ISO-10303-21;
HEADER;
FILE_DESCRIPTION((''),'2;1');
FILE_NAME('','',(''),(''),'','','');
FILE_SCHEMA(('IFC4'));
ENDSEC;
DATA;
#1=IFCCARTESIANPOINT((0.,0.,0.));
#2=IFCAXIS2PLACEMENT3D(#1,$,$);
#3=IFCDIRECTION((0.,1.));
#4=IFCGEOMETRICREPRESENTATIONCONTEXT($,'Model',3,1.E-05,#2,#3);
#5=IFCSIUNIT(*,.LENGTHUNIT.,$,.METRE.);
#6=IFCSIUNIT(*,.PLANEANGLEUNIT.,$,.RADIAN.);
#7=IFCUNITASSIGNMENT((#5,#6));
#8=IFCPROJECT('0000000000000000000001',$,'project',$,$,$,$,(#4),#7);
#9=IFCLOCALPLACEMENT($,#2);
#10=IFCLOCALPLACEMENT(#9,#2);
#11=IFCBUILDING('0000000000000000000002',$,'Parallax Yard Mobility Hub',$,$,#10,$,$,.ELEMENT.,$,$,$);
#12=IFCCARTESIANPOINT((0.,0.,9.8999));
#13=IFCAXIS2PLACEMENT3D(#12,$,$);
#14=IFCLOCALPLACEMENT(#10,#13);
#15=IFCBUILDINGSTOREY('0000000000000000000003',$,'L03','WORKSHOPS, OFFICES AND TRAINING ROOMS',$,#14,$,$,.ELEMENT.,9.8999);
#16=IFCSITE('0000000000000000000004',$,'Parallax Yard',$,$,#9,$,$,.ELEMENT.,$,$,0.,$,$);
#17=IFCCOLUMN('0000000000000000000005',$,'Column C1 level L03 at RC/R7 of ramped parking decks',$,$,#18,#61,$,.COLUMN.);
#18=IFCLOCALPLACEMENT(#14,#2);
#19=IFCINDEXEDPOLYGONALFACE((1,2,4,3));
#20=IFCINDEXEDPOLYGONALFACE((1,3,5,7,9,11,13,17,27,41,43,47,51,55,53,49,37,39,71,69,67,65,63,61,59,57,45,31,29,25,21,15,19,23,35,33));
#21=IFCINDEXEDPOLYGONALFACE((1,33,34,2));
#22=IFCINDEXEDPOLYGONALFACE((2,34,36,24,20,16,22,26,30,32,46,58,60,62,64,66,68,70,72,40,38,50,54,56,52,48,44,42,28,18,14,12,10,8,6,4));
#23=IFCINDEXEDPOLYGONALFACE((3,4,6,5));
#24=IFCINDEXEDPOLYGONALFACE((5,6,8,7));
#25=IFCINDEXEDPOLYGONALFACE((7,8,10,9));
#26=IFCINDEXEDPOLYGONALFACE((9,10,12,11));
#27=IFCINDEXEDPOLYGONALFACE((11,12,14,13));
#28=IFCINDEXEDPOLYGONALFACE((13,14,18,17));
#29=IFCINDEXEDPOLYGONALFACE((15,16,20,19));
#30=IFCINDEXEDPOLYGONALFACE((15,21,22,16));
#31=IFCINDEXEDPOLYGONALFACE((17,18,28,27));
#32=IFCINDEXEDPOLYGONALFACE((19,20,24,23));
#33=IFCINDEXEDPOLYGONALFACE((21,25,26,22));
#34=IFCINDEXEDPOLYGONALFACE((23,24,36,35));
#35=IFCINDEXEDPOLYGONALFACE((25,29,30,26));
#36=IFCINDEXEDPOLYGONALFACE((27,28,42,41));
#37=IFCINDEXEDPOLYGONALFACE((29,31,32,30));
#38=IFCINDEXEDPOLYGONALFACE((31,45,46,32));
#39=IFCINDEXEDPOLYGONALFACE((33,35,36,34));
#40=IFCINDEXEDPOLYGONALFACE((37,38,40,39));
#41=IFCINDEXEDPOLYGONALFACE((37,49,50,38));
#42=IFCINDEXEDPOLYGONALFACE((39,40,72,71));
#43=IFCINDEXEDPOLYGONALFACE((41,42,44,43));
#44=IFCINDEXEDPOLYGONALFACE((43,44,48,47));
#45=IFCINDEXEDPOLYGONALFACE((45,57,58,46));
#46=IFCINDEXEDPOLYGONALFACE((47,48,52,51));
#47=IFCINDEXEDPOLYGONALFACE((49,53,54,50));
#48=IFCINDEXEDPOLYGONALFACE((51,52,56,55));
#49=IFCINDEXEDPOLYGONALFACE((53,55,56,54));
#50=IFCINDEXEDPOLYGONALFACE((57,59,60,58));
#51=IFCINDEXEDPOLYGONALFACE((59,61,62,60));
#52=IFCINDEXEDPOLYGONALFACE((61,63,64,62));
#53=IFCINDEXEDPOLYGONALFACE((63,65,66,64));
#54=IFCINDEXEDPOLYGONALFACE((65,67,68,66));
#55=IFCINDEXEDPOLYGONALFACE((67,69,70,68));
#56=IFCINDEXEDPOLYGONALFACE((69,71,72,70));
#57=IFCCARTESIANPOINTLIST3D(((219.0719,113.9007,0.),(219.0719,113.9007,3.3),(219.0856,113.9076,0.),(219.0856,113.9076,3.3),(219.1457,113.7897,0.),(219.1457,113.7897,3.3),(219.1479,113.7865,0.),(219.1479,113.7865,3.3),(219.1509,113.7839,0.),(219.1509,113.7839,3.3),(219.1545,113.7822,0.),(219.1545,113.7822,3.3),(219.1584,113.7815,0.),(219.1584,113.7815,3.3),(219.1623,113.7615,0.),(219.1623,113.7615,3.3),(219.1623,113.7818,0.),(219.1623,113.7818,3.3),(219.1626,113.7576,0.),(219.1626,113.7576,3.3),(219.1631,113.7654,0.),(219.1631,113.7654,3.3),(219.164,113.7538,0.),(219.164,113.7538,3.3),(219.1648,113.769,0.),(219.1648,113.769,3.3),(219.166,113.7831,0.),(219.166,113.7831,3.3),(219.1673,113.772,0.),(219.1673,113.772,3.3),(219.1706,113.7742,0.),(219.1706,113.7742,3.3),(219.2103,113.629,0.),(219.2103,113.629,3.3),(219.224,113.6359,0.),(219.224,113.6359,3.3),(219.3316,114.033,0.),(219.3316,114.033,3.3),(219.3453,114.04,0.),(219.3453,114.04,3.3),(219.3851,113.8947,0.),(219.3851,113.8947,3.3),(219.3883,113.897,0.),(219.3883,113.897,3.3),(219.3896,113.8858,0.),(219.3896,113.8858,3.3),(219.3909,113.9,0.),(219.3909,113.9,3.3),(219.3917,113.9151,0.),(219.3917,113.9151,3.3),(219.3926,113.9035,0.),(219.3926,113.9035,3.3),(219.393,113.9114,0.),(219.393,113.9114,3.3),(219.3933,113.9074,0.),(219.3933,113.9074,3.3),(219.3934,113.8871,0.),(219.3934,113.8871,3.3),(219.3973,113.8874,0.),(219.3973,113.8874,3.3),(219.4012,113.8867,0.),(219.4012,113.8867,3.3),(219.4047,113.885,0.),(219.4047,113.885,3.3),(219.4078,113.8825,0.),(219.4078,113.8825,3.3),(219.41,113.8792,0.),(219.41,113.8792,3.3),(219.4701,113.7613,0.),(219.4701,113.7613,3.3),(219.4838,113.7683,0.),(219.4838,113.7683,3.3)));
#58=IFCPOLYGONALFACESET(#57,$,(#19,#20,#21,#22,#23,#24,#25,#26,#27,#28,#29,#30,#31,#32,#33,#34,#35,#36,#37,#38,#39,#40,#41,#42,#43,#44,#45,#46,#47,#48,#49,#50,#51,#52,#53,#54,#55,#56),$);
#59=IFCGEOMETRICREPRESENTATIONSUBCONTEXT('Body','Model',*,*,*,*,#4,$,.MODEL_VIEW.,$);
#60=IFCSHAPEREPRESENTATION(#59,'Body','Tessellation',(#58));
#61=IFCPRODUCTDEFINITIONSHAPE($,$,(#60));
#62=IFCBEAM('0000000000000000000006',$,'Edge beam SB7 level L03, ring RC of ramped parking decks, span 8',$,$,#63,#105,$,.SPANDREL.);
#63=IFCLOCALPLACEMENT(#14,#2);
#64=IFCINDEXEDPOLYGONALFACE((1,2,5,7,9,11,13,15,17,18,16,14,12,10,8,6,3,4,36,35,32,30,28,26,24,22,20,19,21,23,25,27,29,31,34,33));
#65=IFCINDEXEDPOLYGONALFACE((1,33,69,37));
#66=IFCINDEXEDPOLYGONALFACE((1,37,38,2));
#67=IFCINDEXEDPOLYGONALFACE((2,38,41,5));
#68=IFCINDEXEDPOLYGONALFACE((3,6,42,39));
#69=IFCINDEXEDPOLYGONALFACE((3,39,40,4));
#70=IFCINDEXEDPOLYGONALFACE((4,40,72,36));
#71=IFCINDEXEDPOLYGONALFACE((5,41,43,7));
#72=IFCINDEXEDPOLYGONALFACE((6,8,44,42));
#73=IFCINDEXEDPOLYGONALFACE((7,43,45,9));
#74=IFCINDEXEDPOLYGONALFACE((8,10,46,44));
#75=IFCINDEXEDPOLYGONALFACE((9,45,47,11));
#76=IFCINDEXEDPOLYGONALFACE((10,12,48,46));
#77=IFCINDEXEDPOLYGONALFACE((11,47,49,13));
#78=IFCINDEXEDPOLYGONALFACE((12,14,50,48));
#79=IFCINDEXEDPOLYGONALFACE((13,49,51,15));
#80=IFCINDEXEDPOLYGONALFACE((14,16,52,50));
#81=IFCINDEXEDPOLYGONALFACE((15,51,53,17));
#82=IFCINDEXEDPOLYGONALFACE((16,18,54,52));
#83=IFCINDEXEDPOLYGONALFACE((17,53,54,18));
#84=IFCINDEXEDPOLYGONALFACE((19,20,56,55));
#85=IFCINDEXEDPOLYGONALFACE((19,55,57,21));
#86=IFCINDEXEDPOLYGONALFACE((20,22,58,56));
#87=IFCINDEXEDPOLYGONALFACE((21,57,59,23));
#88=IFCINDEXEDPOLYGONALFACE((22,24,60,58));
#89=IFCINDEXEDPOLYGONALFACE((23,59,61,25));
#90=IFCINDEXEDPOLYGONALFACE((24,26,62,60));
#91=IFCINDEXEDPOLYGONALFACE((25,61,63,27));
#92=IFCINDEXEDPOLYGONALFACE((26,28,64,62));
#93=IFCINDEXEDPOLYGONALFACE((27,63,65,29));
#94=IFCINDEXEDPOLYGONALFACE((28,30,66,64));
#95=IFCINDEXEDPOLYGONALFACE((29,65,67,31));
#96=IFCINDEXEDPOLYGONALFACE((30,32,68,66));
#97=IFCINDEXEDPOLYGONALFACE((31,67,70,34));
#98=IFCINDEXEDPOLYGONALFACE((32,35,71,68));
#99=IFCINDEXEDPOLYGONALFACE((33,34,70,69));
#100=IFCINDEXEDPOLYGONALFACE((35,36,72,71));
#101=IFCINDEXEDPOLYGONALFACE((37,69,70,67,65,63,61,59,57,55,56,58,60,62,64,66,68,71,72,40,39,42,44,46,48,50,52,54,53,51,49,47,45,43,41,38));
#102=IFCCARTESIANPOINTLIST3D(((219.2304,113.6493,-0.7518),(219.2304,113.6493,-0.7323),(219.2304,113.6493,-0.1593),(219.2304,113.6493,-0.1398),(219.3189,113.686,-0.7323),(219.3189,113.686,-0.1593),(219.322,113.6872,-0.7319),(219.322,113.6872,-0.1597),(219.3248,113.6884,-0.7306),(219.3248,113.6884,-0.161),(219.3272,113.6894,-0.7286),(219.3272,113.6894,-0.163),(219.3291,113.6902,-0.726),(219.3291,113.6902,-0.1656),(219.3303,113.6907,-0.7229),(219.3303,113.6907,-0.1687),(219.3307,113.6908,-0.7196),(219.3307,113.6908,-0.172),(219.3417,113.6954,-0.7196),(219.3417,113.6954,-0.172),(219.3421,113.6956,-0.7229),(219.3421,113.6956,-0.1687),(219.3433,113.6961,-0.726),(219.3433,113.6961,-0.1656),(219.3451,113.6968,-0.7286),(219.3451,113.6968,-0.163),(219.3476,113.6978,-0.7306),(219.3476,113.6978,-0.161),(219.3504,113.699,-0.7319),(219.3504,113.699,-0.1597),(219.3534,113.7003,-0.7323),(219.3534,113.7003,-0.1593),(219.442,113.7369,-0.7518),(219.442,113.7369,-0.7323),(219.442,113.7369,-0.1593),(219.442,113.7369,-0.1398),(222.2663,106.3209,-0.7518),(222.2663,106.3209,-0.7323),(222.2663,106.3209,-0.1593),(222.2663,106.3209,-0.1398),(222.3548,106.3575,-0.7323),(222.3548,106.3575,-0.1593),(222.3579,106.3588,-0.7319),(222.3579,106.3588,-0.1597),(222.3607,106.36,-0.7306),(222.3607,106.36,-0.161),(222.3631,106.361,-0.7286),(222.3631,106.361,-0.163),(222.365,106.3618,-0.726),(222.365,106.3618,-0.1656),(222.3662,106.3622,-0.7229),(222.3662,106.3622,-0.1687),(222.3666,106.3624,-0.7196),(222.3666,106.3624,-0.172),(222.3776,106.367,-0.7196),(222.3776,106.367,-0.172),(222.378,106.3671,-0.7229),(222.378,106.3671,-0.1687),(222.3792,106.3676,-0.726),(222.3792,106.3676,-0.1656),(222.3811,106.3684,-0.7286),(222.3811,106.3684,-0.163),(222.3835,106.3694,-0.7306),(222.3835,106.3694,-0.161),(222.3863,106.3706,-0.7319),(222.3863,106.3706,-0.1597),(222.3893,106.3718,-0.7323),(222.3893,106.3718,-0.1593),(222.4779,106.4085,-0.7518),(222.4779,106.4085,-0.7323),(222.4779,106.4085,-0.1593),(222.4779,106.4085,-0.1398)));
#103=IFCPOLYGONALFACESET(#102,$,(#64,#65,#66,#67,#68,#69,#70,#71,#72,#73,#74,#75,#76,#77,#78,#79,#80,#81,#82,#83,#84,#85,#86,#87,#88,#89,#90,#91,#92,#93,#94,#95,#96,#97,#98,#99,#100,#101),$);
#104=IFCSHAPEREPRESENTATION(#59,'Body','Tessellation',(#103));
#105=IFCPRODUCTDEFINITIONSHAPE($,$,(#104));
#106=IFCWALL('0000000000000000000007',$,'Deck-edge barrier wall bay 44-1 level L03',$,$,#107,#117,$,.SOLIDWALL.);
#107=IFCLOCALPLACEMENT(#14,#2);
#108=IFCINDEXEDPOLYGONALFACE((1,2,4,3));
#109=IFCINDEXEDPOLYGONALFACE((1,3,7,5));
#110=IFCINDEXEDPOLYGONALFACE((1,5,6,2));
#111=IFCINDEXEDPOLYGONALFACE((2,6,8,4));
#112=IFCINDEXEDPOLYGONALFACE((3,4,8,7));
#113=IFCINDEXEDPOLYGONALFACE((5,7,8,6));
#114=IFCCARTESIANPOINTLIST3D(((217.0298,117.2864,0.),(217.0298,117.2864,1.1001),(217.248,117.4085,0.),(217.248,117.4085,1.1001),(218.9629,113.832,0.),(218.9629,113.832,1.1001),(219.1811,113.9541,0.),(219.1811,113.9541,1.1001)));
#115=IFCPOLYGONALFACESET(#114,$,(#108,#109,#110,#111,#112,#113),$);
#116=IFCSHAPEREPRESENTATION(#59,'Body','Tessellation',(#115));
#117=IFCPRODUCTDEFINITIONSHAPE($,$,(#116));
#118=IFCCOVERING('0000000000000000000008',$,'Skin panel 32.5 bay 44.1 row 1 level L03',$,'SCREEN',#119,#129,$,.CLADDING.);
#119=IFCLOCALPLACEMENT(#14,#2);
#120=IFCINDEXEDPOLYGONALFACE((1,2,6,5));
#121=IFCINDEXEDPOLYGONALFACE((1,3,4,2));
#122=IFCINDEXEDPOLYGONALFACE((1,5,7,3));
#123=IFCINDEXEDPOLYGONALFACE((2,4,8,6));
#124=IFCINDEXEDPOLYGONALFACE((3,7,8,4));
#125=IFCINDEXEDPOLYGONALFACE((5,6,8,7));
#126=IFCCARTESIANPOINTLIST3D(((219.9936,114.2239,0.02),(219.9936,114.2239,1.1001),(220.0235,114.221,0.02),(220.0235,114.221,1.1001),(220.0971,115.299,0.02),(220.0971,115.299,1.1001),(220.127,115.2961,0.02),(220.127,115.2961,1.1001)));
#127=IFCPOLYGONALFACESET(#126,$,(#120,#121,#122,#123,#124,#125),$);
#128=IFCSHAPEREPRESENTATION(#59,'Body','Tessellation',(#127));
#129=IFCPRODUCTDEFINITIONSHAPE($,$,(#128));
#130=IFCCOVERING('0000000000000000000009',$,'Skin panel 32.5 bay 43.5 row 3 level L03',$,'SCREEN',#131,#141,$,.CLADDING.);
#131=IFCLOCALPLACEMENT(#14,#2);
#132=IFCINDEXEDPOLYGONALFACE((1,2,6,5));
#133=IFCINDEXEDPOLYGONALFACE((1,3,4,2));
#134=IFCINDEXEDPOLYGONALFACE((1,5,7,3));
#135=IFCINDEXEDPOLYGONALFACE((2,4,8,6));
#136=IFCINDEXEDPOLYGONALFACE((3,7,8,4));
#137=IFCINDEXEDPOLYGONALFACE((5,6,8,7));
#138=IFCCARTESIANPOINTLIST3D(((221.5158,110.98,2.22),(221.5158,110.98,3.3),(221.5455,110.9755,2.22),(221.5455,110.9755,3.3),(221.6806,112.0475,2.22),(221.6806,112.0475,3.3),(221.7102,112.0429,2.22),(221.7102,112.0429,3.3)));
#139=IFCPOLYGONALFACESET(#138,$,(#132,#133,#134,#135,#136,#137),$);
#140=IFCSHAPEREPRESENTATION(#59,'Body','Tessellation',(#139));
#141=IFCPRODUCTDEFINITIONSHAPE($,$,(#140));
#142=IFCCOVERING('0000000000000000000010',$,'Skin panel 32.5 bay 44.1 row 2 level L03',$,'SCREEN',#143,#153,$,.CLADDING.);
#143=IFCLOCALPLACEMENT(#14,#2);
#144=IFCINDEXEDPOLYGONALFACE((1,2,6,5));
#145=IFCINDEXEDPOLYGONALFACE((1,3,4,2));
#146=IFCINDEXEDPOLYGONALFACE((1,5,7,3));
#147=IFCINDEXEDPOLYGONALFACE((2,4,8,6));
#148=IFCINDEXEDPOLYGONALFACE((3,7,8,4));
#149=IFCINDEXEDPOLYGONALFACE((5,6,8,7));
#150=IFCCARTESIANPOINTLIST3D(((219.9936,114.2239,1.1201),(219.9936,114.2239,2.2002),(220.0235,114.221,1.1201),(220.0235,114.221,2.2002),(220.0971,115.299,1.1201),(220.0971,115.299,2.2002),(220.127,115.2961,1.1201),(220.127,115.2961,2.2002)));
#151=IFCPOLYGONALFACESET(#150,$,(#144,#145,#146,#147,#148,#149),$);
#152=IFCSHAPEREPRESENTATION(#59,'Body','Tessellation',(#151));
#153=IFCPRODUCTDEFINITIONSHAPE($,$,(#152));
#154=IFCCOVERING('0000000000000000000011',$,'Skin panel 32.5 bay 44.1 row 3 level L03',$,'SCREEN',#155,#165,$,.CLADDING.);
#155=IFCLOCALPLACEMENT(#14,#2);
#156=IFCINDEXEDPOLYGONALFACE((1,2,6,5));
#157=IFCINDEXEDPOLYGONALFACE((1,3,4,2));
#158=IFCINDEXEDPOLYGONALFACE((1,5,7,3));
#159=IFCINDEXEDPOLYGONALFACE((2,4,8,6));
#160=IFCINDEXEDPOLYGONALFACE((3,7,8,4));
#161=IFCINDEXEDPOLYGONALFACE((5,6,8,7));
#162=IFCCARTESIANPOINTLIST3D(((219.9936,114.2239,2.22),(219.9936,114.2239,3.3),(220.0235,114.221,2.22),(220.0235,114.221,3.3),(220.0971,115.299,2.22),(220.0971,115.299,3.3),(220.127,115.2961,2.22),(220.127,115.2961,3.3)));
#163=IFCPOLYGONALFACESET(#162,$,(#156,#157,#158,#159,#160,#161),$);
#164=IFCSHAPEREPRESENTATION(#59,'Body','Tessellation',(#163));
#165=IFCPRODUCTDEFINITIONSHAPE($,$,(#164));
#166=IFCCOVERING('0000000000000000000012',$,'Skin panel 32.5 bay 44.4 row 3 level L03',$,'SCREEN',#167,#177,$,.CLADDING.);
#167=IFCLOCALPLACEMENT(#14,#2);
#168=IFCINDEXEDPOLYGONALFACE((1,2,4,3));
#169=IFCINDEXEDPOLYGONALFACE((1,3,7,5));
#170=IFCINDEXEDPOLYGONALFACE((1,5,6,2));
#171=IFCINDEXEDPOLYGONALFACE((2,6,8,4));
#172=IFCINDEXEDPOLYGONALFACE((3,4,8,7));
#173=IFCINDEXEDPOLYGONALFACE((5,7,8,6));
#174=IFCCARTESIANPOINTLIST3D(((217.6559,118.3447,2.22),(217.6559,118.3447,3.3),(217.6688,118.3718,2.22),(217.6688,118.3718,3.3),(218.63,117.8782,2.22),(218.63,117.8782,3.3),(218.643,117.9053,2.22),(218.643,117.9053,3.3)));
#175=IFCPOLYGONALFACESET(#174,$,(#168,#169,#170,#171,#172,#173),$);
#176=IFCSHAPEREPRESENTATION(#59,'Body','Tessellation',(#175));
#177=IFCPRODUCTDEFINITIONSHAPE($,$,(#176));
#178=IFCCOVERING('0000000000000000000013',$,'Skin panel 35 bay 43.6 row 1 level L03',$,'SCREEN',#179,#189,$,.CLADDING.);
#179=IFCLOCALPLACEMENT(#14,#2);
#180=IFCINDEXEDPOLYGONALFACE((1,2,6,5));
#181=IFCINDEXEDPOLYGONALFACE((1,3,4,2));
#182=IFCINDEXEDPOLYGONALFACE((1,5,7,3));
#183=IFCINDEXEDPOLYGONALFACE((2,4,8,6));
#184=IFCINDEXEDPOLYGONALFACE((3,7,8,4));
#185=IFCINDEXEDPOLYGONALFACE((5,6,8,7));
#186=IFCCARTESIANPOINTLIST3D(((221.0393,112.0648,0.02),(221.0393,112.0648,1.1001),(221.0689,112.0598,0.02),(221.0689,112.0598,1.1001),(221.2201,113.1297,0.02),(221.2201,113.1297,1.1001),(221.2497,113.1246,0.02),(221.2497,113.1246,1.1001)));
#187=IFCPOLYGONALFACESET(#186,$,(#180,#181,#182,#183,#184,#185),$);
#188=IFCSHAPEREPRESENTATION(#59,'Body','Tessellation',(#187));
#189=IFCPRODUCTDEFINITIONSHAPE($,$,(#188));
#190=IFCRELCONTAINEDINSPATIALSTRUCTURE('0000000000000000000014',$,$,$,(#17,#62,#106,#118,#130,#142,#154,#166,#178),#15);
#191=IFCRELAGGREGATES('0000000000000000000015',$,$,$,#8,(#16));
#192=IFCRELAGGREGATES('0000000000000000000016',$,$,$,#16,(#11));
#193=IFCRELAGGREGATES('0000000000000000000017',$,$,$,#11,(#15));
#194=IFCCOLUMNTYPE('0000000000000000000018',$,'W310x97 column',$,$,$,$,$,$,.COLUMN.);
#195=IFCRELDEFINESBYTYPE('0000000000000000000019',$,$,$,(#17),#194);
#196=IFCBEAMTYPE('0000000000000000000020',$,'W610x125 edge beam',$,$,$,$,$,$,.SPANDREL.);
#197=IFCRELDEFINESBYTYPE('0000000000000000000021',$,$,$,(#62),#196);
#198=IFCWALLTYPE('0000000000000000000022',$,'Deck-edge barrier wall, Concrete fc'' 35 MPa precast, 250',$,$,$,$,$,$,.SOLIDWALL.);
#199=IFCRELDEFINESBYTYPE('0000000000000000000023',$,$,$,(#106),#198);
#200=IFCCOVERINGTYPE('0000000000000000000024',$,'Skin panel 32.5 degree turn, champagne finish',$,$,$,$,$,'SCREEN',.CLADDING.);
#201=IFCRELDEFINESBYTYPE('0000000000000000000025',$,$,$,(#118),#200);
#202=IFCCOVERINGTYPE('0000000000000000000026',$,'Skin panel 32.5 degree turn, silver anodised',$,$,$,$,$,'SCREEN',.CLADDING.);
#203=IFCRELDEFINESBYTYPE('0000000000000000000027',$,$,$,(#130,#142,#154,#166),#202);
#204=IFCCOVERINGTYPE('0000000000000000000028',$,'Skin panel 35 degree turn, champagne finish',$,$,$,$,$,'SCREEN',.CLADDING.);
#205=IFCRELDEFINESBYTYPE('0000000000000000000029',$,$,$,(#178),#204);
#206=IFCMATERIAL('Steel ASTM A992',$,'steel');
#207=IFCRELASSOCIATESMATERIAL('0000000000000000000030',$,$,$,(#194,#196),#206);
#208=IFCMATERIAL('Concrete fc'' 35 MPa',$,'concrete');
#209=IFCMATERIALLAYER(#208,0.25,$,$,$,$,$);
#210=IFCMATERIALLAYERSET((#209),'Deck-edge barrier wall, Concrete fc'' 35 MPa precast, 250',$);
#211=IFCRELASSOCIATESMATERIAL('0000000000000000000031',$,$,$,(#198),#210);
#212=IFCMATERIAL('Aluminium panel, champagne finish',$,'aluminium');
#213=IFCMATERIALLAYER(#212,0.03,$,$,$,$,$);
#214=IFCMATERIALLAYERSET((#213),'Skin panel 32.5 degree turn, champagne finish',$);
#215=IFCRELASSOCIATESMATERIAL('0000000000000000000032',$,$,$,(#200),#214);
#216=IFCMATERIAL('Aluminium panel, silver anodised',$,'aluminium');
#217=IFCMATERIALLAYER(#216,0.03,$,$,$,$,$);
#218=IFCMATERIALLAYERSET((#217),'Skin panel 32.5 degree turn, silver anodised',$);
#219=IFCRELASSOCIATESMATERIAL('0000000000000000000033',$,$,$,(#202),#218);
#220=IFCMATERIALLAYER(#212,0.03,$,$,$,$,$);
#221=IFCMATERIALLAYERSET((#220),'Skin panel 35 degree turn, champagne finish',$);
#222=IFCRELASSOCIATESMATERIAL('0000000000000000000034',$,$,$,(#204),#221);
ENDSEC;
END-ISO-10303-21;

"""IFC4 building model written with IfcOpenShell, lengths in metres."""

from ifc_helpers import new_model, si_unit, direction, frame, frame_2d, origin, origin_2d, place, context, subcontext, project, spatial, rectangle, i_section, extrude, material, layer, layer_set, material_profile, profile_set, type_object, element, save


model = new_model("IFC4")

# Units and contexts
model_context = context("Model", 3, precision=1e-05, world=origin(), true_north=direction((0.0, 1.0)))
body_context = subcontext(model_context, "Body", "Model", "MODEL_VIEW")
ifc_project = project(units=[si_unit("LENGTHUNIT", "METRE"), si_unit("PLANEANGLEUNIT", "RADIAN")], contexts=[model_context])

# Site, building, storey
site_placement = place(None, origin())
site = spatial("IfcSite", under=ifc_project, at=site_placement, Name="Parallax Yard", CompositionType="ELEMENT", RefElevation=0.0)
building_placement = place(site_placement, origin())
building = spatial("IfcBuilding", under=site, at=building_placement, Name="Parallax Yard Mobility Hub", CompositionType="ELEMENT")
storey_placement = place(building_placement, frame((0.0, 0.0, 9.8999)))
storey = spatial("IfcBuildingStorey", under=building, at=storey_placement, Name="L03", Description="WORKSHOPS, OFFICES AND TRAINING ROOMS", CompositionType="ELEMENT", Elevation=9.8999)

# Column
ifc_material_1 = material(Name="Steel ASTM A992", Category="steel")
ifc_material_profile_1 = material_profile(ifc_material_1, i_section(OverallWidth=0.3049, OverallDepth=0.3069, WebThickness=0.01, FlangeThickness=0.0154, FilletRadius=0.0151, at=origin_2d()), Name="W310x97")
ifc_profile_set_1 = profile_set([ifc_material_profile_1], Name="Steel ASTM A992")
column_type = type_object("IfcColumnType", Name="W310x97 column", PredefinedType="COLUMN", material=ifc_profile_set_1)
column_placement = place(storey_placement, frame((219.2778, 113.8345, 0.0), z_axis=(0.0, 0.0, 1.0), x_axis=(-0.45399, 0.891007, 0.0)))
element("IfcColumn", 1, at=column_placement, inside=storey, type_object=column_type, Name="Column C1 level L03 at RC/R7 of ramped parking decks", PredefinedType="COLUMN", context=body_context, shape_type="SweptSolid", body=[
    extrude(i_section(OverallWidth=0.3049, OverallDepth=0.3069, WebThickness=0.01, FlangeThickness=0.0154, FilletRadius=0.0151, at=origin_2d()), origin(), (0.0, 0.0, 1.0), 3.3),
])

# Beam
ifc_material_profile_2 = material_profile(ifc_material_1, i_section(OverallWidth=0.229, OverallDepth=0.6121, WebThickness=0.012, FlangeThickness=0.0195, FilletRadius=0.0127, at=origin_2d()), Name="W610x125")
ifc_profile_set_2 = profile_set([ifc_material_profile_2], Name="Steel ASTM A992")
beam_type = type_object("IfcBeamType", Name="W610x125 edge beam", PredefinedType="SPANDREL", material=ifc_profile_set_2)
beam_placement = place(storey_placement, frame((219.3362, 113.6931, -0.4458), z_axis=(0.382724, -0.923863, 0.0), x_axis=(0.923863, 0.382724, 0.0)))
element("IfcBeam", 2, at=beam_placement, inside=storey, type_object=beam_type, Name="Edge beam SB7 level L03, ring RC of ramped parking decks, span 8", PredefinedType="SPANDREL", context=body_context, shape_type="SweptSolid", body=[
    extrude(i_section(OverallWidth=0.229, OverallDepth=0.6121, WebThickness=0.012, FlangeThickness=0.0195, FilletRadius=0.0127, at=origin_2d()), origin(), (0.0, 0.0, 1.0), 7.9324),
])

# Wall
ifc_material_2 = material(Name="Concrete fc' 35 MPa", Category="concrete")
ifc_layer_1 = layer(ifc_material_2, 0.25)
ifc_layer_set_1 = layer_set([ifc_layer_1], Name="Deck-edge barrier wall, Concrete fc' 35 MPa precast, 250")
wall_type = type_object("IfcWallType", Name="Deck-edge barrier wall, Concrete fc' 35 MPa precast, 250", PredefinedType="SOLIDWALL", material=ifc_layer_set_1)
wall_placement = place(storey_placement, frame((219.072, 113.8931, 0.0), z_axis=(0.0, 0.0, 1.0), x_axis=(-0.488348, 0.872649, 0.0)))
element("IfcWall", 3, at=wall_placement, inside=storey, type_object=wall_type, Name="Deck-edge barrier wall bay 44-1 level L03", PredefinedType="SOLIDWALL", context=body_context, shape_type="SweptSolid", body=[
    extrude(rectangle(XDim=3.9585, YDim=0.25, at=frame_2d((1.9792, 0.0))), origin(), (0.0, 0.0, 1.0), 1.1001),
])

# Coverings
ifc_material_3 = material(Name="Aluminium panel, champagne finish", Category="aluminium")
ifc_layer_2 = layer(ifc_material_3, 0.03)
ifc_layer_set_2 = layer_set([ifc_layer_2], Name="Skin panel 32.5 degree turn, champagne finish")
covering_type_1 = type_object("IfcCoveringType", Name="Skin panel 32.5 degree turn, champagne finish", ElementType="SCREEN", PredefinedType="CLADDING", material=ifc_layer_set_2)
covering_placement = place(storey_placement, frame((220.0603, 114.76, 0.02), z_axis=(0.0, 0.0, 1.0), x_axis=(0.095846, 0.995396, 0.0)))
element("IfcCovering", 4, at=covering_placement, inside=storey, type_object=covering_type_1, Name="Skin panel 32.5 bay 44.1 row 1 level L03", ObjectType="SCREEN", PredefinedType="CLADDING", context=body_context, shape_type="SweptSolid", body=[
    extrude(rectangle(XDim=1.0801, YDim=0.03, at=origin_2d()), origin(), (0.0, 0.0, 1.0), 1.0801),
])
ifc_material_4 = material(Name="Aluminium panel, silver anodised", Category="aluminium")
ifc_layer_3 = layer(ifc_material_4, 0.03)
ifc_layer_set_3 = layer_set([ifc_layer_3], Name="Skin panel 32.5 degree turn, silver anodised")
covering_type_2 = type_object("IfcCoveringType", Name="Skin panel 32.5 degree turn, silver anodised", ElementType="SCREEN", PredefinedType="CLADDING", material=ifc_layer_set_3)
for number, where, z_axis, x_axis, name in (
    (5, (221.613, 111.5115, 2.22), (0.0, 0.0, 1.0), (0.152515, 0.988301, 0.0), "Skin panel 32.5 bay 43.5 row 3 level L03"),
    (6, (220.0603, 114.76, 1.1201), (0.0, 0.0, 1.0), (0.095846, 0.995396, 0.0), "Skin panel 32.5 bay 44.1 row 2 level L03"),
    (7, (220.0603, 114.76, 2.22), (0.0, 0.0, 1.0), (0.095846, 0.995396, 0.0), "Skin panel 32.5 bay 44.1 row 3 level L03"),
    (8, (218.1494, 118.125, 2.22), (0.0, 0.0, 1.0), (0.901901, -0.431943, 0.0), "Skin panel 32.5 bay 44.4 row 3 level L03"),
):
    element("IfcCovering", number, at=place(storey_placement, frame(where, z_axis=z_axis, x_axis=x_axis)), inside=storey, type_object=covering_type_2, Name=name, ObjectType="SCREEN", PredefinedType="CLADDING", context=body_context, shape_type="SweptSolid", body=[
        extrude(rectangle(XDim=1.0801, YDim=0.03, at=origin_2d()), origin(), (0.0, 0.0, 1.0), 1.0801),
    ])
ifc_layer_4 = layer(ifc_material_3, 0.03)
ifc_layer_set_4 = layer_set([ifc_layer_4], Name="Skin panel 35 degree turn, champagne finish")
covering_type_3 = type_object("IfcCoveringType", Name="Skin panel 35 degree turn, champagne finish", ElementType="SCREEN", PredefinedType="CLADDING", material=ifc_layer_set_4)
for number, where, z_axis, x_axis, name in (
    (9, (221.1445, 112.5947, 0.02), (0.0, 0.0, 1.0), (0.167395, 0.98589, 0.0), "Skin panel 35 bay 43.6 row 1 level L03"),
):
    element("IfcCovering", number, at=place(storey_placement, frame(where, z_axis=z_axis, x_axis=x_axis)), inside=storey, type_object=covering_type_3, Name=name, ObjectType="SCREEN", PredefinedType="CLADDING", context=body_context, shape_type="SweptSolid", body=[
        extrude(rectangle(XDim=1.0801, YDim=0.03, at=origin_2d()), origin(), (0.0, 0.0, 1.0), 1.0801),
    ])

save(model, "model.ifc")
